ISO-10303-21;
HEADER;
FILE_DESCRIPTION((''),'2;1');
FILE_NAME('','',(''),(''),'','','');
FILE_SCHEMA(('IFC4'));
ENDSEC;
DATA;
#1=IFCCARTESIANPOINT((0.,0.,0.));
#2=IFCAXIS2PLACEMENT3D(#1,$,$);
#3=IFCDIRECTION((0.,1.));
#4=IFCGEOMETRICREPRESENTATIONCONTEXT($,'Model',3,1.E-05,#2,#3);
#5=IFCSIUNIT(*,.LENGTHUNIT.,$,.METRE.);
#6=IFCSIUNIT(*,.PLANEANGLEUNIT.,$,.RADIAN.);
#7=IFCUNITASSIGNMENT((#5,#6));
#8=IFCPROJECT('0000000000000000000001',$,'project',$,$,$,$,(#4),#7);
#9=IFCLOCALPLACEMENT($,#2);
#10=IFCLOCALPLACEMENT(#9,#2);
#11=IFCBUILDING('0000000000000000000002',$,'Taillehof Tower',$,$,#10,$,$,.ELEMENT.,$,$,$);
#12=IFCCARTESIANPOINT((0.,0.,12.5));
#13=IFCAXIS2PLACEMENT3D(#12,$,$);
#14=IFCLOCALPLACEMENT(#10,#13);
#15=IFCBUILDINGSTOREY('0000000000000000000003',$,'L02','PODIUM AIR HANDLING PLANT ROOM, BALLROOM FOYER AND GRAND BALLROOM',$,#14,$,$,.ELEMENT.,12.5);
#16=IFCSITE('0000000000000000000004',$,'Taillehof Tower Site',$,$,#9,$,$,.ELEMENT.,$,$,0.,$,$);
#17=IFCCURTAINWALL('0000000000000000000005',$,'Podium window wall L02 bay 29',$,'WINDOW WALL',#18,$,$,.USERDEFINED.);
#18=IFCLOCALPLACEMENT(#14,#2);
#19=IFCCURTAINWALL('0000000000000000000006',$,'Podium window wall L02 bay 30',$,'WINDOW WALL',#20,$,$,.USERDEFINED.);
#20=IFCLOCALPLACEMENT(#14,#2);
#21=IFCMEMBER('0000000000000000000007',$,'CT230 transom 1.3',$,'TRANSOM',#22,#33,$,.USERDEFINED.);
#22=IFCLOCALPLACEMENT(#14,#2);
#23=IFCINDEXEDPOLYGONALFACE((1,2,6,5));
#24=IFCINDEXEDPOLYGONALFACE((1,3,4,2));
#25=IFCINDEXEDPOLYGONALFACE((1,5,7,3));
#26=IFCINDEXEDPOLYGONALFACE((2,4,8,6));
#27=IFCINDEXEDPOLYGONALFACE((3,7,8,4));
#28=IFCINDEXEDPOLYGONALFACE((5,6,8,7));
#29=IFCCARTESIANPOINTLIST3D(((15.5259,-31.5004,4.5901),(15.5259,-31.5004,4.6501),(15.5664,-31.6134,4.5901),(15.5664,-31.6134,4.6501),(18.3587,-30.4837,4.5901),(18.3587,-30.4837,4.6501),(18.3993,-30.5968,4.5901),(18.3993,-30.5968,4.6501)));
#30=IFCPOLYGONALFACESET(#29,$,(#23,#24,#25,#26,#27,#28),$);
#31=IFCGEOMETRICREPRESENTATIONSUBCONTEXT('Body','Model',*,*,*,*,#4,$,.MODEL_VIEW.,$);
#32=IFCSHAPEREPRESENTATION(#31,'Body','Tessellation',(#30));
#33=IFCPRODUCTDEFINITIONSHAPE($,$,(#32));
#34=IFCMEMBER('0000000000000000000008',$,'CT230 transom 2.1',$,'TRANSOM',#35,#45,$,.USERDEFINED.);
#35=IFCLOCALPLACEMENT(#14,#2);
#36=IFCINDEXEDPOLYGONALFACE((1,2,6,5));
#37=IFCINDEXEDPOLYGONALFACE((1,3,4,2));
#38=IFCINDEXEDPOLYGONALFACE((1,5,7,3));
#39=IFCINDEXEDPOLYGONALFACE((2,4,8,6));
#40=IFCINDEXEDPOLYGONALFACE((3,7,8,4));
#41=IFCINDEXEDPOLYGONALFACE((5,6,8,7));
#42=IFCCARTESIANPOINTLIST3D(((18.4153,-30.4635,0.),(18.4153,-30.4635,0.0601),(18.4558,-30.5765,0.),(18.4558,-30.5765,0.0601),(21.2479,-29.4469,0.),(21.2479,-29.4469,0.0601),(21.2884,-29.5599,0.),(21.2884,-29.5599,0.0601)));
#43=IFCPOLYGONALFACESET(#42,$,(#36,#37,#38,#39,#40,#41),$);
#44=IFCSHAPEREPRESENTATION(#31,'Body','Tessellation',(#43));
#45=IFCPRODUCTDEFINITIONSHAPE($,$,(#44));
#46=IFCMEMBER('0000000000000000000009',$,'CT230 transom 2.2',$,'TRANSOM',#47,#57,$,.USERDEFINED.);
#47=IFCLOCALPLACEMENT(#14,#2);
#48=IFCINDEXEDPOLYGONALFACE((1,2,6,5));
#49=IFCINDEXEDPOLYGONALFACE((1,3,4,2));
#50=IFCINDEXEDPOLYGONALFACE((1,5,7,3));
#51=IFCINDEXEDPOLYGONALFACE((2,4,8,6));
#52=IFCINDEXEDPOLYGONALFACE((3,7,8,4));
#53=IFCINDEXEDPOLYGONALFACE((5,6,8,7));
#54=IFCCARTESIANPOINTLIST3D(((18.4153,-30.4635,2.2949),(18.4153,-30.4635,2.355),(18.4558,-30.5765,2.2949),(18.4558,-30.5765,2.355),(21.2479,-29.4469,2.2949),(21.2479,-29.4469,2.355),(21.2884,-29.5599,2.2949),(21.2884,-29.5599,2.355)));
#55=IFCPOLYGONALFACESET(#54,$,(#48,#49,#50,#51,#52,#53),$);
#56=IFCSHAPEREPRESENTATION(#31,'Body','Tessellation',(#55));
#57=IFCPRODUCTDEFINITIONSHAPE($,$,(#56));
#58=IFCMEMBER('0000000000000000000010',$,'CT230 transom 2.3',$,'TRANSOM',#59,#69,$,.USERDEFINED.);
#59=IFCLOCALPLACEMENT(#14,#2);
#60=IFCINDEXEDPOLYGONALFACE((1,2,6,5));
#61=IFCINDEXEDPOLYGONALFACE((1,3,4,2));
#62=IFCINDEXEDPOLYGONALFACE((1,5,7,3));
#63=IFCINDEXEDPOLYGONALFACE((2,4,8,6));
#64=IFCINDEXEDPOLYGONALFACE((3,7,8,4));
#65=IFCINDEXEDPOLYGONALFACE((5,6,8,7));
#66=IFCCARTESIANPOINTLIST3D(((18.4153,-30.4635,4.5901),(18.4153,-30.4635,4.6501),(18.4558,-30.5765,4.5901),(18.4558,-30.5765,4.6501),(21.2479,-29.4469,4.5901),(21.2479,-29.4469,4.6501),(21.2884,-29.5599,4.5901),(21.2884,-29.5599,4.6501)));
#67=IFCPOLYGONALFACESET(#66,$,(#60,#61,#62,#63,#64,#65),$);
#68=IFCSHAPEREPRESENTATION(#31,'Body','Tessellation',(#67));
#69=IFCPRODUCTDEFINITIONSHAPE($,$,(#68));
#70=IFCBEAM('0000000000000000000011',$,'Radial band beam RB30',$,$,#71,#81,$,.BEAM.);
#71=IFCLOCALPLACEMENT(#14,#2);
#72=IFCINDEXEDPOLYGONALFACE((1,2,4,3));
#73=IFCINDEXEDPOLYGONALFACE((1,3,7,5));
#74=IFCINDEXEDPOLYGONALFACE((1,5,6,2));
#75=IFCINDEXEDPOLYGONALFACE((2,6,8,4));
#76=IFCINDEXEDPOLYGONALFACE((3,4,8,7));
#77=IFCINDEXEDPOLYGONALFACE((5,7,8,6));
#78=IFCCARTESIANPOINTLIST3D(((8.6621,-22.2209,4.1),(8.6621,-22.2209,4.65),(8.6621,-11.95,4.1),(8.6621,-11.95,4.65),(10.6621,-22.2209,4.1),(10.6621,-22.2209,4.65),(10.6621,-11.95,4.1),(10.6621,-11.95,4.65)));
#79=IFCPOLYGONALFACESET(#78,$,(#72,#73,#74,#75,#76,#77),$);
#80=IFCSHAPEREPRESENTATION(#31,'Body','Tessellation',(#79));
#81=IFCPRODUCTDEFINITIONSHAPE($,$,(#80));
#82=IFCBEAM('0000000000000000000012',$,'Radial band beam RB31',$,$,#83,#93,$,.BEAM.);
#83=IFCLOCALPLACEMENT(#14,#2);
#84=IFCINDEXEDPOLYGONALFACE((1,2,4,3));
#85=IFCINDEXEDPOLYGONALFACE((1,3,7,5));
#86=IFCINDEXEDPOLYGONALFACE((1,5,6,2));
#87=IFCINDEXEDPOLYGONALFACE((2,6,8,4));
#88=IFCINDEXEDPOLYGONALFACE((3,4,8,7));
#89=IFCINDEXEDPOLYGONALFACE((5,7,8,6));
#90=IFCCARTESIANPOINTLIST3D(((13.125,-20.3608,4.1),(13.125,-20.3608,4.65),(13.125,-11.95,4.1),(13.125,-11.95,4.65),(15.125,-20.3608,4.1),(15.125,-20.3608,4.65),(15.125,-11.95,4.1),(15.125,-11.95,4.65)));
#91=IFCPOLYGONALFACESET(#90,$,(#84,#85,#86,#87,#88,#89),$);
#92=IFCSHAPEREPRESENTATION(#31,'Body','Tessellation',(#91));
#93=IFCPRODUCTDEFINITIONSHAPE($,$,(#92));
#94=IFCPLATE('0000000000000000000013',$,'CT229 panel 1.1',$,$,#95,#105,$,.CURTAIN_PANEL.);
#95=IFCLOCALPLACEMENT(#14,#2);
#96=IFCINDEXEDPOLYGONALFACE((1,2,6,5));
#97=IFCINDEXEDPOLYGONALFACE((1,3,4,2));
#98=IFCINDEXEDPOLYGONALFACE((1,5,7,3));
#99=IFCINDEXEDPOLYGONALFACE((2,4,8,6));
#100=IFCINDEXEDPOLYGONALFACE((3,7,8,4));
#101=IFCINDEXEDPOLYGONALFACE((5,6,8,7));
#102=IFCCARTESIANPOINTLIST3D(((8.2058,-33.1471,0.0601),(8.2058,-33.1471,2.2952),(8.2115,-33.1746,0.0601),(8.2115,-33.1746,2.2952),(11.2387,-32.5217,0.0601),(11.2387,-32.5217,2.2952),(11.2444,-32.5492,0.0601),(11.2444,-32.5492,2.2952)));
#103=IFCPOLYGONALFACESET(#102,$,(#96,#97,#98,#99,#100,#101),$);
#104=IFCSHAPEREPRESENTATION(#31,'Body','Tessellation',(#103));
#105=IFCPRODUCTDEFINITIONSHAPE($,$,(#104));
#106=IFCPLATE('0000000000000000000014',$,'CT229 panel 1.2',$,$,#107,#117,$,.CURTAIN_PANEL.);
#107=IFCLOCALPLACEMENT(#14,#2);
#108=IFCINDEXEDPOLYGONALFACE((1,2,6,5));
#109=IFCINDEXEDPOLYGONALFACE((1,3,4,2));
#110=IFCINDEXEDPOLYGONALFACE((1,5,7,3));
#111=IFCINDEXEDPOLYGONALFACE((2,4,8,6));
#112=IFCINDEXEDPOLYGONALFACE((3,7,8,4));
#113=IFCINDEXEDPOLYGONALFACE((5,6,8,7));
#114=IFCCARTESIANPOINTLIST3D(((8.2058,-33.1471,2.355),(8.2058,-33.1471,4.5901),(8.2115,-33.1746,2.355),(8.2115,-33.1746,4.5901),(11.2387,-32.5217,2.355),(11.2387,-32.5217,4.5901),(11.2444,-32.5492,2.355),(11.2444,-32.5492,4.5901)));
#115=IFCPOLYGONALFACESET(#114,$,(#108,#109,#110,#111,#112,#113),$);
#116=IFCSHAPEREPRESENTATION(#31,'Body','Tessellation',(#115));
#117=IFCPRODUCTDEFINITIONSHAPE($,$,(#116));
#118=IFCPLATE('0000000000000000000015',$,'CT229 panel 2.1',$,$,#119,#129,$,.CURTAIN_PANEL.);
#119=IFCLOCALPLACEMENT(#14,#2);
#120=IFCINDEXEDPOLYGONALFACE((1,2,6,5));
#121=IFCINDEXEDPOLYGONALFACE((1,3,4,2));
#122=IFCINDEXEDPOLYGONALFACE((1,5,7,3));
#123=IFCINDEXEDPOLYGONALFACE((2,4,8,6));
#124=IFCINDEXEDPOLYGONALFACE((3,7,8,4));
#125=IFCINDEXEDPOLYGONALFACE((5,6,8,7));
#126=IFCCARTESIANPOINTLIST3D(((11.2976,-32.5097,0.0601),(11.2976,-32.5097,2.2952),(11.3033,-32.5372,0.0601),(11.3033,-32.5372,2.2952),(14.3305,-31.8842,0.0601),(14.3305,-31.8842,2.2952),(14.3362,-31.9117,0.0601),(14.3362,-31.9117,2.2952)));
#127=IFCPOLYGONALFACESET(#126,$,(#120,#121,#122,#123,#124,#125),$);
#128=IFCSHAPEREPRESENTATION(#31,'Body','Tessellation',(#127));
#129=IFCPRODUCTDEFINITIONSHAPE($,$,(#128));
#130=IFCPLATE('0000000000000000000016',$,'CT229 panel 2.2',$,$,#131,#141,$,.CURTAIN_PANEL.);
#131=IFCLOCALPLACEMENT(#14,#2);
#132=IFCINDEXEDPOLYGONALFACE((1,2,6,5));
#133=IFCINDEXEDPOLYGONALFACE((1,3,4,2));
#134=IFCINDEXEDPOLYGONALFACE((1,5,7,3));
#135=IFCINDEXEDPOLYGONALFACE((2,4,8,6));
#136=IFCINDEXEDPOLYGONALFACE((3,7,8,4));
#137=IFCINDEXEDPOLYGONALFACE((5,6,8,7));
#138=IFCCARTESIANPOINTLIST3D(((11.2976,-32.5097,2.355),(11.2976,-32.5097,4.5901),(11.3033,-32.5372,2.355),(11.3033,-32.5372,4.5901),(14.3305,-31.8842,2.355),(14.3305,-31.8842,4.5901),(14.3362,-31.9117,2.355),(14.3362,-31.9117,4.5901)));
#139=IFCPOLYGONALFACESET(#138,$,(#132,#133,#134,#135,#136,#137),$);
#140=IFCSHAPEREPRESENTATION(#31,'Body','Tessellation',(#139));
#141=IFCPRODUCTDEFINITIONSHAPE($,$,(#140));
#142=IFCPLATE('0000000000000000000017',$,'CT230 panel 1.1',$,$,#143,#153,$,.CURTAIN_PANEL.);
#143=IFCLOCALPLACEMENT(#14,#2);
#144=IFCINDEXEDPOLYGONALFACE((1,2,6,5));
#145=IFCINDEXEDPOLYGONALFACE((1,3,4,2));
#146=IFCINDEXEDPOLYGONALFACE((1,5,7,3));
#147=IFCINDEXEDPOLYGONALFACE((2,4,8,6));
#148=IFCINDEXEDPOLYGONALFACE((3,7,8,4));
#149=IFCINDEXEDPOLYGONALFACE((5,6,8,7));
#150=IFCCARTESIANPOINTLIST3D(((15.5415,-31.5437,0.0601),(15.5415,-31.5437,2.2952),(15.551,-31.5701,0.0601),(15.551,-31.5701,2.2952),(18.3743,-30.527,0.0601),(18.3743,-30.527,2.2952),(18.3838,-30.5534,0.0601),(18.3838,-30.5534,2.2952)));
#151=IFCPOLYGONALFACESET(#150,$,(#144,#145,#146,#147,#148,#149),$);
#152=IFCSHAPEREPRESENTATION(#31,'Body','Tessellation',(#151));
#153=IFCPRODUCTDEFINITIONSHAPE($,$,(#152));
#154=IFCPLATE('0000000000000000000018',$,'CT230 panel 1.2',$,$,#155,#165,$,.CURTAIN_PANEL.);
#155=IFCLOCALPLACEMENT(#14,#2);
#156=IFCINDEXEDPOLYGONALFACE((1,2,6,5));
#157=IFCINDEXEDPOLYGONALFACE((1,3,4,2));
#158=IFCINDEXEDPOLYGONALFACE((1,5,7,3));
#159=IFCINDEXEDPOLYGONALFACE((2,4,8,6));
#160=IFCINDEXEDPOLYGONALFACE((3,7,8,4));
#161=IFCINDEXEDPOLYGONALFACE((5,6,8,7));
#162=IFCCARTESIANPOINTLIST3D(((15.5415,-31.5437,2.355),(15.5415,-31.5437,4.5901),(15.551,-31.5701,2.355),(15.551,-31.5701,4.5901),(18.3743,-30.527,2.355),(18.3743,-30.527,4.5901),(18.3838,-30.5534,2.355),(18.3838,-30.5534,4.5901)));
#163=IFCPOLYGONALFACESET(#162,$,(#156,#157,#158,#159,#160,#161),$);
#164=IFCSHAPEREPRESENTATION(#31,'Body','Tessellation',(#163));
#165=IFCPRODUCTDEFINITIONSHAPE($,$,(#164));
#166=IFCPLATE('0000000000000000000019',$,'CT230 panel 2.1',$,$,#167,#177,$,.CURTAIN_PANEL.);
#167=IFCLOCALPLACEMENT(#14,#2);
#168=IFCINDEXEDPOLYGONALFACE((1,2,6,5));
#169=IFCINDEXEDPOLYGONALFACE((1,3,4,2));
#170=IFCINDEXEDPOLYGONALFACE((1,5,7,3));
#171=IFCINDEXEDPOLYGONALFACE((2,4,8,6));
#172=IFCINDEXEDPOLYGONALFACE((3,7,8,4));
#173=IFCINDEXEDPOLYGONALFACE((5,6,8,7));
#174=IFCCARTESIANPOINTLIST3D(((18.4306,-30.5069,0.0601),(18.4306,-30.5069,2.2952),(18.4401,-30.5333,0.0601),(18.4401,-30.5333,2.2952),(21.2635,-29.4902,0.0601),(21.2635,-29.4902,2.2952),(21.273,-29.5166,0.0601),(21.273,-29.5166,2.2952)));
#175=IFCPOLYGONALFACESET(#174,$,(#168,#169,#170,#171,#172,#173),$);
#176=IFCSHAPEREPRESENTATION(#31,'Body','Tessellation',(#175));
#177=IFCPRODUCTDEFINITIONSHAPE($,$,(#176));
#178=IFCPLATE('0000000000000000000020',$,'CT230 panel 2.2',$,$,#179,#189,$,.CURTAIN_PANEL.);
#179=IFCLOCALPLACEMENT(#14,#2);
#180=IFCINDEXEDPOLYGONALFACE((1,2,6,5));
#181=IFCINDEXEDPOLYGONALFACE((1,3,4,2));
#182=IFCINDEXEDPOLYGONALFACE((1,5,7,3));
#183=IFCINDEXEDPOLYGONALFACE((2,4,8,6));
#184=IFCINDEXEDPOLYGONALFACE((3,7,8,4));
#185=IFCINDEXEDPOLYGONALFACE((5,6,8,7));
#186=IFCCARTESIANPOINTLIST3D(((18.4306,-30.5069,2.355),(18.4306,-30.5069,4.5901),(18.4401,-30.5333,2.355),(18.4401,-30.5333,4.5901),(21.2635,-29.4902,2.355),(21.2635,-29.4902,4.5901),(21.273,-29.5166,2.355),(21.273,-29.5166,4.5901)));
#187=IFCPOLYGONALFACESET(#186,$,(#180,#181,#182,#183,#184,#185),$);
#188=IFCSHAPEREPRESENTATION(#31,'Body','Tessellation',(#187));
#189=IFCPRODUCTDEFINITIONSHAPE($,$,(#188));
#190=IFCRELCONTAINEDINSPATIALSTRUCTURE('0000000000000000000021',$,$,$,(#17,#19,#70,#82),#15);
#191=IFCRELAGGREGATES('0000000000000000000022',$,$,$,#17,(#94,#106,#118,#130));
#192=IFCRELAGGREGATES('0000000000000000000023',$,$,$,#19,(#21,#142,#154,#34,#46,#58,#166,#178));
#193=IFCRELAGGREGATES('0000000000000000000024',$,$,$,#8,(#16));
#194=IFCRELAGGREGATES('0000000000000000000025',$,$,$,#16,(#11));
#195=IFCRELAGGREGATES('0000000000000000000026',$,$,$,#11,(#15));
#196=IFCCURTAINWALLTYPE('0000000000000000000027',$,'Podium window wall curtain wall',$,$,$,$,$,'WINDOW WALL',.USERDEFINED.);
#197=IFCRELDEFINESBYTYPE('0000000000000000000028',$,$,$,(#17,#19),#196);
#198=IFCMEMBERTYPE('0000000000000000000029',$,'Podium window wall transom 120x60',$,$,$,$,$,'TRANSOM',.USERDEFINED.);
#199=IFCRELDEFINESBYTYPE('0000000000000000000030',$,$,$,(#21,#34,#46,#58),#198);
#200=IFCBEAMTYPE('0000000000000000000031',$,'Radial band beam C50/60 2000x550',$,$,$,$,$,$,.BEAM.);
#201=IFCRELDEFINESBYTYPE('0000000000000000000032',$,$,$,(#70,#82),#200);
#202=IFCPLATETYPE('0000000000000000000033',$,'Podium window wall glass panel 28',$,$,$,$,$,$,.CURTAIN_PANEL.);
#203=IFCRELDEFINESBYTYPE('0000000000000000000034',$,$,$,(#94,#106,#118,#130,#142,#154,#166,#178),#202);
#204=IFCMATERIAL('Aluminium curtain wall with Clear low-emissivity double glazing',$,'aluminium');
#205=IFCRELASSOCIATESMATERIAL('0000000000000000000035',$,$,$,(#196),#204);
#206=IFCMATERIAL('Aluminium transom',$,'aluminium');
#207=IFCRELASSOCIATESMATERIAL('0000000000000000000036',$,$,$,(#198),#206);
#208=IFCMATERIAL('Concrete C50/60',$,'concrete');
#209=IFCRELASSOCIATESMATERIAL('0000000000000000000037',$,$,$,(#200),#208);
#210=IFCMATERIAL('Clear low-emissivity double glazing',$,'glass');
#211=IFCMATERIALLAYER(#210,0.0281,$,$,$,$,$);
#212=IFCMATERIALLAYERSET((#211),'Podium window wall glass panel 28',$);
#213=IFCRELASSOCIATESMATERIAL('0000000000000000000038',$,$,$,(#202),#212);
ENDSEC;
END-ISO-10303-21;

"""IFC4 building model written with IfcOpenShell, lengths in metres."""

from ifc_helpers import new_model, si_unit, direction, frame, origin, origin_2d, place, context, subcontext, project, spatial, rectangle, extrude, material, layer, layer_set, material_profile, profile_set, type_object, element, aggregate, save


model = new_model("IFC4")

# Units and contexts
model_context = context("Model", 3, precision=1e-05, world=origin(), true_north=direction((0.0, 1.0)))
body_context = subcontext(model_context, "Body", "Model", "MODEL_VIEW")
ifc_project = project(units=[si_unit("LENGTHUNIT", "METRE"), si_unit("PLANEANGLEUNIT", "RADIAN")], contexts=[model_context])

# Site, building, storey
site_placement = place(None, origin())
site = spatial("IfcSite", under=ifc_project, at=site_placement, Name="Taillehof Tower Site", CompositionType="ELEMENT", RefElevation=0.0)
building_placement = place(site_placement, origin())
building = spatial("IfcBuilding", under=site, at=building_placement, Name="Taillehof Tower", CompositionType="ELEMENT")
storey_placement = place(building_placement, frame((0.0, 0.0, 12.5)))
storey = spatial("IfcBuildingStorey", under=building, at=storey_placement, Name="L02", Description="PODIUM AIR HANDLING PLANT ROOM, BALLROOM FOYER AND GRAND BALLROOM", CompositionType="ELEMENT", Elevation=12.5)

# Curtain walls
ifc_material_1 = material(Name="Aluminium curtain wall with Clear low-emissivity double glazing", Category="aluminium")
curtain_wall_type = type_object("IfcCurtainWallType", Name="Podium window wall curtain wall", ElementType="WINDOW WALL", PredefinedType="USERDEFINED", material=ifc_material_1)
curtain_wall_1_placement = place(storey_placement, origin())
curtain_wall_1 = element("IfcCurtainWall", 1, at=curtain_wall_1_placement, inside=storey, type_object=curtain_wall_type, Name="Podium window wall L02 bay 29", ObjectType="WINDOW WALL", PredefinedType="USERDEFINED")
curtain_wall_2_placement = place(storey_placement, origin())
curtain_wall_2 = element("IfcCurtainWall", 2, at=curtain_wall_2_placement, inside=storey, type_object=curtain_wall_type, Name="Podium window wall L02 bay 30", ObjectType="WINDOW WALL", PredefinedType="USERDEFINED")

# Members
ifc_material_2 = material(Name="Aluminium transom", Category="aluminium")
ifc_material_profile_1 = material_profile(ifc_material_2, rectangle(XDim=0.1201, YDim=0.0601, at=origin_2d()), Name="AL 120x60")
ifc_profile_set_1 = profile_set([ifc_material_profile_1], Name="Aluminium transom")
member_type_1 = type_object("IfcMemberType", Name="Podium window wall transom 120x60", ElementType="TRANSOM", PredefinedType="USERDEFINED", material=ifc_profile_set_1)
member_1_placement = place(storey_placement, frame((15.5461, -31.5569, 4.6201), z_axis=(0.941225, 0.33778, 0.0), x_axis=(-0.33778, 0.941225, 0.0)))
member_1 = element("IfcMember", 3, at=member_1_placement, type_object=member_type_1, Name="CT230 transom 1.3", ObjectType="TRANSOM", PredefinedType="USERDEFINED", context=body_context, shape_type="SweptSolid", body=[
    extrude(rectangle(XDim=0.1201, YDim=0.0601, at=origin_2d()), origin(), (0.0, 0.0, 1.0), 3.0098),
])
member_2_placement = place(storey_placement, frame((18.4355, -30.52, 0.03), z_axis=(0.941216, 0.337806, 0.0), x_axis=(-0.337806, 0.941216, 0.0)))
member_2 = element("IfcMember", 4, at=member_2_placement, type_object=member_type_1, Name="CT230 transom 2.1", ObjectType="TRANSOM", PredefinedType="USERDEFINED", context=body_context, shape_type="SweptSolid", body=[
    extrude(rectangle(XDim=0.1201, YDim=0.0601, at=origin_2d()), origin(), (0.0, 0.0, 1.0), 3.0095),
])
member_3_placement = place(storey_placement, frame((18.4355, -30.52, 2.325), z_axis=(0.941216, 0.337806, 0.0), x_axis=(-0.337806, 0.941216, 0.0)))
member_3 = element("IfcMember", 5, at=member_3_placement, type_object=member_type_1, Name="CT230 transom 2.2", ObjectType="TRANSOM", PredefinedType="USERDEFINED", context=body_context, shape_type="SweptSolid", body=[
    extrude(rectangle(XDim=0.1201, YDim=0.0601, at=origin_2d()), origin(), (0.0, 0.0, 1.0), 3.0095),
])
member_4_placement = place(storey_placement, frame((18.4355, -30.52, 4.6201), z_axis=(0.941216, 0.337806, 0.0), x_axis=(-0.337806, 0.941216, 0.0)))
member_4 = element("IfcMember", 6, at=member_4_placement, type_object=member_type_1, Name="CT230 transom 2.3", ObjectType="TRANSOM", PredefinedType="USERDEFINED", context=body_context, shape_type="SweptSolid", body=[
    extrude(rectangle(XDim=0.1201, YDim=0.0601, at=origin_2d()), origin(), (0.0, 0.0, 1.0), 3.0095),
])

# Beams
ifc_material_3 = material(Name="Concrete C50/60", Category="concrete")
ifc_material_profile_2 = material_profile(ifc_material_3, rectangle(XDim=2.0, YDim=0.55, at=origin_2d()), Name="RC 2000x550")
ifc_profile_set_2 = profile_set([ifc_material_profile_2], Name="Concrete C50/60")
beam_type_1 = type_object("IfcBeamType", Name="Radial band beam C50/60 2000x550", PredefinedType="BEAM", material=ifc_profile_set_2)
beam_1_placement = place(storey_placement, frame((9.6621, -22.2209, 4.375), z_axis=(0.0, 1.0, 0.0), x_axis=(-1.0, 0.0, 0.0)))
element("IfcBeam", 7, at=beam_1_placement, inside=storey, type_object=beam_type_1, Name="Radial band beam RB30", PredefinedType="BEAM", context=body_context, shape_type="SweptSolid", body=[
    extrude(rectangle(XDim=2.0, YDim=0.55, at=origin_2d()), origin(), (0.0, 0.0, 1.0), 10.271),
])
beam_2_placement = place(storey_placement, frame((14.125, -20.3608, 4.375), z_axis=(0.0, 1.0, 0.0), x_axis=(-1.0, 0.0, 0.0)))
element("IfcBeam", 8, at=beam_2_placement, inside=storey, type_object=beam_type_1, Name="Radial band beam RB31", PredefinedType="BEAM", context=body_context, shape_type="SweptSolid", body=[
    extrude(rectangle(XDim=2.0, YDim=0.55, at=origin_2d()), origin(), (0.0, 0.0, 1.0), 8.4109),
])

# Plates
ifc_material_4 = material(Name="Clear low-emissivity double glazing", Category="glass")
ifc_layer = layer(ifc_material_4, 0.0281)
ifc_layer_set = layer_set([ifc_layer], Name="Podium window wall glass panel 28")
plate_type = type_object("IfcPlateType", Name="Podium window wall glass panel 28", PredefinedType="CURTAIN_PANEL", material=ifc_layer_set)
plate_1_placement = place(storey_placement, frame((9.7251, -32.8481, 0.0601), z_axis=(0.0, 0.0, 1.0), x_axis=(0.97939, 0.201976, 0.0)))
plate_1 = element("IfcPlate", 9, at=plate_1_placement, type_object=plate_type, Name="CT229 panel 1.1", PredefinedType="CURTAIN_PANEL", context=body_context, shape_type="SweptSolid", body=[
    extrude(rectangle(XDim=3.0967, YDim=0.0281, at=origin_2d()), origin(), (0.0, 0.0, 1.0), 2.2351),
])
plate_2_placement = place(storey_placement, frame((9.7251, -32.8481, 2.355), z_axis=(0.0, 0.0, 1.0), x_axis=(0.97939, 0.201976, 0.0)))
plate_2 = element("IfcPlate", 10, at=plate_2_placement, type_object=plate_type, Name="CT229 panel 1.2", PredefinedType="CURTAIN_PANEL", context=body_context, shape_type="SweptSolid", body=[
    extrude(rectangle(XDim=3.0967, YDim=0.0281, at=origin_2d()), origin(), (0.0, 0.0, 1.0), 2.2351),
])
plate_3_placement = place(storey_placement, frame((12.8169, -32.2107, 0.0601), z_axis=(0.0, 0.0, 1.0), x_axis=(0.97939, 0.201976, 0.0)))
plate_3 = element("IfcPlate", 11, at=plate_3_placement, type_object=plate_type, Name="CT229 panel 2.1", PredefinedType="CURTAIN_PANEL", context=body_context, shape_type="SweptSolid", body=[
    extrude(rectangle(XDim=3.0967, YDim=0.0281, at=origin_2d()), origin(), (0.0, 0.0, 1.0), 2.2351),
])
plate_4_placement = place(storey_placement, frame((12.8169, -32.2107, 2.355), z_axis=(0.0, 0.0, 1.0), x_axis=(0.97939, 0.201976, 0.0)))
plate_4 = element("IfcPlate", 12, at=plate_4_placement, type_object=plate_type, Name="CT229 panel 2.2", PredefinedType="CURTAIN_PANEL", context=body_context, shape_type="SweptSolid", body=[
    extrude(rectangle(XDim=3.0967, YDim=0.0281, at=origin_2d()), origin(), (0.0, 0.0, 1.0), 2.2351),
])
aggregate(curtain_wall_1, [plate_1, plate_2, plate_3, plate_4])
plate_5_placement = place(storey_placement, frame((16.9626, -31.0486, 0.0601), z_axis=(0.0, 0.0, 1.0), x_axis=(0.941218, 0.337799, 0.0)))
plate_5 = element("IfcPlate", 13, at=plate_5_placement, type_object=plate_type, Name="CT230 panel 1.1", PredefinedType="CURTAIN_PANEL", context=body_context, shape_type="SweptSolid", body=[
    extrude(rectangle(XDim=3.0098, YDim=0.0281, at=origin_2d()), origin(), (0.0, 0.0, 1.0), 2.2351),
])
plate_6_placement = place(storey_placement, frame((16.9626, -31.0486, 2.355), z_axis=(0.0, 0.0, 1.0), x_axis=(0.941218, 0.337799, 0.0)))
plate_6 = element("IfcPlate", 14, at=plate_6_placement, type_object=plate_type, Name="CT230 panel 1.2", PredefinedType="CURTAIN_PANEL", context=body_context, shape_type="SweptSolid", body=[
    extrude(rectangle(XDim=3.0098, YDim=0.0281, at=origin_2d()), origin(), (0.0, 0.0, 1.0), 2.2351),
])
plate_7_placement = place(storey_placement, frame((19.8518, -30.0117, 0.0601), z_axis=(0.0, 0.0, 1.0), x_axis=(0.941218, 0.337799, 0.0)))
plate_7 = element("IfcPlate", 15, at=plate_7_placement, type_object=plate_type, Name="CT230 panel 2.1", PredefinedType="CURTAIN_PANEL", context=body_context, shape_type="SweptSolid", body=[
    extrude(rectangle(XDim=3.0098, YDim=0.0281, at=origin_2d()), origin(), (0.0, 0.0, 1.0), 2.2351),
])
plate_8_placement = place(storey_placement, frame((19.8518, -30.0117, 2.355), z_axis=(0.0, 0.0, 1.0), x_axis=(0.941218, 0.337799, 0.0)))
plate_8 = element("IfcPlate", 16, at=plate_8_placement, type_object=plate_type, Name="CT230 panel 2.2", PredefinedType="CURTAIN_PANEL", context=body_context, shape_type="SweptSolid", body=[
    extrude(rectangle(XDim=3.0098, YDim=0.0281, at=origin_2d()), origin(), (0.0, 0.0, 1.0), 2.2351),
])
aggregate(curtain_wall_2, [member_1, plate_5, plate_6, member_2, member_3, member_4, plate_7, plate_8])

save(model, "model.ifc")
